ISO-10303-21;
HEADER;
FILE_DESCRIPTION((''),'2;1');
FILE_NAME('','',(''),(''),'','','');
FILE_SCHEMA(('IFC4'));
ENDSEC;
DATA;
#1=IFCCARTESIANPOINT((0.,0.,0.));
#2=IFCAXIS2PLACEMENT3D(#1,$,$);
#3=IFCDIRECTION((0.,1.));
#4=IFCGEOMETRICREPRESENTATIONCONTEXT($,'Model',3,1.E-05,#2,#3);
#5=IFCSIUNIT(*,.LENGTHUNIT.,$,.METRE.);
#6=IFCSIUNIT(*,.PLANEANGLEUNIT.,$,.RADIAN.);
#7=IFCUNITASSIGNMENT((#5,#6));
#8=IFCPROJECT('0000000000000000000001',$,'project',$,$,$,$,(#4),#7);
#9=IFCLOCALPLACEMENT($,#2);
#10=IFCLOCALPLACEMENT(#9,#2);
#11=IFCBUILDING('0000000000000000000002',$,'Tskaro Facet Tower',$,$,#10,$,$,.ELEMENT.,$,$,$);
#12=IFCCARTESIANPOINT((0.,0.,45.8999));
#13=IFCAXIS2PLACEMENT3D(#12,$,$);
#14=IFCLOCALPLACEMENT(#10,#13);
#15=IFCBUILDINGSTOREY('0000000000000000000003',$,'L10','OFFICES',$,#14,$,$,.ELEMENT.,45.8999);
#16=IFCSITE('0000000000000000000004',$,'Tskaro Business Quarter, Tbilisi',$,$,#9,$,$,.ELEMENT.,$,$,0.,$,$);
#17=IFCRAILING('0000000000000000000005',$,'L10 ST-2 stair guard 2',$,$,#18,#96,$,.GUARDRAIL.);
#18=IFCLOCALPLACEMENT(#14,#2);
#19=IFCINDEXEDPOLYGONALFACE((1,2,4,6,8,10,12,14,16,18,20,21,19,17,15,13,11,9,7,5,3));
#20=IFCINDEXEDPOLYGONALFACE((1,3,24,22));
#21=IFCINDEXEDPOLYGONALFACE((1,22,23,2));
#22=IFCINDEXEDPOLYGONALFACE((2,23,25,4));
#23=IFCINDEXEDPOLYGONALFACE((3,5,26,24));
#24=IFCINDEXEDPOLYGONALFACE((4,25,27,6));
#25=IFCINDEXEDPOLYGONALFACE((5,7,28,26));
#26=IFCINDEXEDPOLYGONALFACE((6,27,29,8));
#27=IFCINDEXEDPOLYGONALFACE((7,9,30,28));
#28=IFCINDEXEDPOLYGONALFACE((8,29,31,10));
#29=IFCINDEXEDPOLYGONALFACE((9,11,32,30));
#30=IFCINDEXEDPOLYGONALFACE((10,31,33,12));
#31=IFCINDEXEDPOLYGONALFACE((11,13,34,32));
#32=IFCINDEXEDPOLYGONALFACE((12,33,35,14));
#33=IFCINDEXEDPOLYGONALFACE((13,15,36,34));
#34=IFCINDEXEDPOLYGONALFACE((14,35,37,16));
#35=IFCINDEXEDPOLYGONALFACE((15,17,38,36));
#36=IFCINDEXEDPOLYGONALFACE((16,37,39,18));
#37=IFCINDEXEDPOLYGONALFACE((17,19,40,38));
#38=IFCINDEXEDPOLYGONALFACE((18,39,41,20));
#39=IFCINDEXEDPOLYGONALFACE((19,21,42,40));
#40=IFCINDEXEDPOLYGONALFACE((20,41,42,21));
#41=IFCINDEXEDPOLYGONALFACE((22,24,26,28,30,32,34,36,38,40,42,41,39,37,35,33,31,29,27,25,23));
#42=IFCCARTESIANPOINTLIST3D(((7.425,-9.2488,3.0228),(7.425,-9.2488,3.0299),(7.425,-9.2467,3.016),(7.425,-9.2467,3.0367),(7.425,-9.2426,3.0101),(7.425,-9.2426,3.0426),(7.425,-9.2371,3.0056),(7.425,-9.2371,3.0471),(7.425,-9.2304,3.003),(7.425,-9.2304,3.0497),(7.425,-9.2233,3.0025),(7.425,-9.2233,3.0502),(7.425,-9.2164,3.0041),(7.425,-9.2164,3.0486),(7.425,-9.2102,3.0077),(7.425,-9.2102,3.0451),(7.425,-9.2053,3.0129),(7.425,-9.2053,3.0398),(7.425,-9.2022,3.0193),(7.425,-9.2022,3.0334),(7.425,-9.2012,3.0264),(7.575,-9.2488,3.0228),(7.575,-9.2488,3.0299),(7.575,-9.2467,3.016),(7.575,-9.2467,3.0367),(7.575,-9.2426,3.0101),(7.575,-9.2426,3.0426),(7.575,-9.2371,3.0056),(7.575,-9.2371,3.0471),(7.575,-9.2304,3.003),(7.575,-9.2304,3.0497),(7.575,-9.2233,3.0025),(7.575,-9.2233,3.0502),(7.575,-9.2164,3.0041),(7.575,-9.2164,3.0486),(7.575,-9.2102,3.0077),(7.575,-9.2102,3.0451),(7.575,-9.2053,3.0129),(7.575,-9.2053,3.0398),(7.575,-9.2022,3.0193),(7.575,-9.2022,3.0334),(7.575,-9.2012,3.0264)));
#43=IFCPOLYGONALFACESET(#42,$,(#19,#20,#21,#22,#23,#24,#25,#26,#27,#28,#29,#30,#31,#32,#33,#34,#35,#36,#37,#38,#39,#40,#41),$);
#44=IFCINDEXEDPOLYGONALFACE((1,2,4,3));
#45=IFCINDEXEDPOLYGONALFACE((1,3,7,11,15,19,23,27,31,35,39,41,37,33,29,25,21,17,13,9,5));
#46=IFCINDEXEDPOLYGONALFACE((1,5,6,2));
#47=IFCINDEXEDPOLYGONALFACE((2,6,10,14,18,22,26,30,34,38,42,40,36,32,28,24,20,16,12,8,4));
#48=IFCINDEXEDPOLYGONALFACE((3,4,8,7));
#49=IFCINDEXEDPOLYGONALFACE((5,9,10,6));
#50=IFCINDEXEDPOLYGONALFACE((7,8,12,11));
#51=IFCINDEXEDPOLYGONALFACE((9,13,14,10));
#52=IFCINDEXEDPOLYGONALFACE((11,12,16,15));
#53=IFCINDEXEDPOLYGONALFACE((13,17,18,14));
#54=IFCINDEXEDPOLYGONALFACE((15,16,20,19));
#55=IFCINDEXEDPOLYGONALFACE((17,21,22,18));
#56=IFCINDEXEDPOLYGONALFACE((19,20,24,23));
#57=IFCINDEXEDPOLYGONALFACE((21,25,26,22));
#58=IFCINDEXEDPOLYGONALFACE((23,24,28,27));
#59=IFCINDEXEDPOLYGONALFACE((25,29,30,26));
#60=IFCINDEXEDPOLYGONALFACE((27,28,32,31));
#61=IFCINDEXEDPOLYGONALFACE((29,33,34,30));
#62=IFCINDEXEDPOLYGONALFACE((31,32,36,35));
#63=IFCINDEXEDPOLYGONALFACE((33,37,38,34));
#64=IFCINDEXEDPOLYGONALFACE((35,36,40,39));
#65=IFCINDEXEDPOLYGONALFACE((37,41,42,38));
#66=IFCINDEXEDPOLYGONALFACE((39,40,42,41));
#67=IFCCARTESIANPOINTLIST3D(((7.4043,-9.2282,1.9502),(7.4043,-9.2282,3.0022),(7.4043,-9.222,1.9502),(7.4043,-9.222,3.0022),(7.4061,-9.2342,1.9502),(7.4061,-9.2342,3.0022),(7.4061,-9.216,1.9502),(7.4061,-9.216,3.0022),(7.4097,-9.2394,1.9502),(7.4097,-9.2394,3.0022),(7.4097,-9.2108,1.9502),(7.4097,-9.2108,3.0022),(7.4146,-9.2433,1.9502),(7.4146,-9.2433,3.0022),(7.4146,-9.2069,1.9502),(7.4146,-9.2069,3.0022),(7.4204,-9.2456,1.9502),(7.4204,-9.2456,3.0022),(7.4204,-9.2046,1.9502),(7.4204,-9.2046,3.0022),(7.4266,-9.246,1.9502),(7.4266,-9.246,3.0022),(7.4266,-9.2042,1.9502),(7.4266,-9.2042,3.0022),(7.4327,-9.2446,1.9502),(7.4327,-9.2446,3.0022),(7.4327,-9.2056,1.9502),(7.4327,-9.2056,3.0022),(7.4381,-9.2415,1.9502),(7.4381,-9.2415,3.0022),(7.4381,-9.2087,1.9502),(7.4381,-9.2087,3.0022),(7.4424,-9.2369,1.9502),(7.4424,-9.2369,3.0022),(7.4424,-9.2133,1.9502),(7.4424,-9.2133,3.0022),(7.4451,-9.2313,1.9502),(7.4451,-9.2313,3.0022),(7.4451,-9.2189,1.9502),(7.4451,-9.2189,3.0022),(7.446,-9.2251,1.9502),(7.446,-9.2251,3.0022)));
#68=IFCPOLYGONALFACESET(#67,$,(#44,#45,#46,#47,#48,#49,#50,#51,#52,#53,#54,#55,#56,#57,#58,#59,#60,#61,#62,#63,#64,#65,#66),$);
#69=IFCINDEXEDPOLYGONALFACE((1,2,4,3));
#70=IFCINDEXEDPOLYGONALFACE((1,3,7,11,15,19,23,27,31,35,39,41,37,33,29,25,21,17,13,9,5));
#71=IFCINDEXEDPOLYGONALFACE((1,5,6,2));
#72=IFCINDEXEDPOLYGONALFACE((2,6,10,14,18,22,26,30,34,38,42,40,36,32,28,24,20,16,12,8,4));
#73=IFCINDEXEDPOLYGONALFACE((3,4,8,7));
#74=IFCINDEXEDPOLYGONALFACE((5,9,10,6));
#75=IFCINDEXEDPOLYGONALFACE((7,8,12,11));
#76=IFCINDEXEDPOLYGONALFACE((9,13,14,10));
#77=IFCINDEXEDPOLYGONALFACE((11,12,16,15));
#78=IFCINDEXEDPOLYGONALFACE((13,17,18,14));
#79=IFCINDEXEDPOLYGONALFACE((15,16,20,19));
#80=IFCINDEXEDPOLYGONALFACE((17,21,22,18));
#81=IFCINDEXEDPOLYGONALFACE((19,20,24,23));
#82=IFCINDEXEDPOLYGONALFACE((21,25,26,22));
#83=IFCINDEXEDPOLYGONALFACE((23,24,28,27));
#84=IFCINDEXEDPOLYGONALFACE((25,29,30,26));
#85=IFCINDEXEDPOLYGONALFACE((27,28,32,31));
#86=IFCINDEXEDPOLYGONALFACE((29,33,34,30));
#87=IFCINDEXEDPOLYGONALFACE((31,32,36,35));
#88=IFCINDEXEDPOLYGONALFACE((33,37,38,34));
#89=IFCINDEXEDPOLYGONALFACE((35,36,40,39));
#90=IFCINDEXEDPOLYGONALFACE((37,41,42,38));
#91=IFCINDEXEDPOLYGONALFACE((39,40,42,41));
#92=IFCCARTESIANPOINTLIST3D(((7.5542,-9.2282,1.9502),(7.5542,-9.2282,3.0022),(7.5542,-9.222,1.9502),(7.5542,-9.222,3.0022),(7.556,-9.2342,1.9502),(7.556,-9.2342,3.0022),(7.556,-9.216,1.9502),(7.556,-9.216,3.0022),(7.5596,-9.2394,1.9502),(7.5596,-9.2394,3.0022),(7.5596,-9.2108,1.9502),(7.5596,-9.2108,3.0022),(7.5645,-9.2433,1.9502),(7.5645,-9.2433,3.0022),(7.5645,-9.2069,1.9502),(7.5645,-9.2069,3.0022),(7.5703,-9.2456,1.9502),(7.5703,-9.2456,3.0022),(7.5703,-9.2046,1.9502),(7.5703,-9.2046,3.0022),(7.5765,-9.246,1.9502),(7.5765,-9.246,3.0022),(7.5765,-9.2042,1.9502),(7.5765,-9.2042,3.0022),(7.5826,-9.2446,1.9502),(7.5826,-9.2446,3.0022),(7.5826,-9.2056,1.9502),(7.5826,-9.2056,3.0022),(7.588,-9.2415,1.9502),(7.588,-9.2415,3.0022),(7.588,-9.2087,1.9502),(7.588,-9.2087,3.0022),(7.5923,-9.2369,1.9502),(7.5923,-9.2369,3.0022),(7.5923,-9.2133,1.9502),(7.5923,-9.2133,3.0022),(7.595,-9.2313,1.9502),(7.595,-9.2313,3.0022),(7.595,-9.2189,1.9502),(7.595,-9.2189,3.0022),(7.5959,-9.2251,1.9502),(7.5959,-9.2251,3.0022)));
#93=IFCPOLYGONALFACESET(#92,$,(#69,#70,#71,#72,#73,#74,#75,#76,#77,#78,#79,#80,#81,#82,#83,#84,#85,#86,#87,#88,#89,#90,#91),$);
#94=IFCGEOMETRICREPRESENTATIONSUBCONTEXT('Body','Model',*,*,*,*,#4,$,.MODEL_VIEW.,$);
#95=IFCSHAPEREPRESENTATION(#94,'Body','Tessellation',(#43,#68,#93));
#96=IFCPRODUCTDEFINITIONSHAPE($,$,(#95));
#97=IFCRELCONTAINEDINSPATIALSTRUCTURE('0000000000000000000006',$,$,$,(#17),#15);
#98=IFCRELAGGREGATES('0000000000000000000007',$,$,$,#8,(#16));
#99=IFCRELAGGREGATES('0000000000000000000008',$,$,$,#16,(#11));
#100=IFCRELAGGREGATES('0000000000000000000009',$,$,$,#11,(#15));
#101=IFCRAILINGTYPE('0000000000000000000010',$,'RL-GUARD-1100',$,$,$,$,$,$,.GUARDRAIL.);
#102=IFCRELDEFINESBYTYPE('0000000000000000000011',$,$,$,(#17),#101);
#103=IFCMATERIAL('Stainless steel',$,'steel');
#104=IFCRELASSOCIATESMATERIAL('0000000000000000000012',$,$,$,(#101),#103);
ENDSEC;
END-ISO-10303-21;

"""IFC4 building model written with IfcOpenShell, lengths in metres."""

from ifc_helpers import new_model, si_unit, direction, frame, origin, origin_2d, place, context, subcontext, project, spatial, circle, extrude, material, type_object, element, save


model = new_model("IFC4")

# Units and contexts
model_context = context("Model", 3, precision=1e-05, world=origin(), true_north=direction((0.0, 1.0)))
body_context = subcontext(model_context, "Body", "Model", "MODEL_VIEW")
ifc_project = project(units=[si_unit("LENGTHUNIT", "METRE"), si_unit("PLANEANGLEUNIT", "RADIAN")], contexts=[model_context])

# Site, building, storey
site_placement = place(None, origin())
site = spatial("IfcSite", under=ifc_project, at=site_placement, Name="Tskaro Business Quarter, Tbilisi", CompositionType="ELEMENT", RefElevation=0.0)
building_placement = place(site_placement, origin())
building = spatial("IfcBuilding", under=site, at=building_placement, Name="Tskaro Facet Tower", CompositionType="ELEMENT")
storey_placement = place(building_placement, frame((0.0, 0.0, 45.8999)))
storey = spatial("IfcBuildingStorey", under=building, at=storey_placement, Name="L10", Description="OFFICES", CompositionType="ELEMENT", Elevation=45.8999)

# Railing
ifc_material_1 = material(Name="Stainless steel", Category="steel")
railing_type_1 = type_object("IfcRailingType", Name="RL-GUARD-1100", PredefinedType="GUARDRAIL", material=ifc_material_1)
railing_1_placement = place(storey_placement, frame((7.425, -9.2251, 1.9502)))
element("IfcRailing", 1, at=railing_1_placement, inside=storey, type_object=railing_type_1, Name="L10 ST-2 stair guard 2", PredefinedType="GUARDRAIL", context=body_context, shape_type="SweptSolid", body=[
    extrude(circle(Radius=0.0239, at=origin_2d()), frame((0.0, 0.0, 1.0762), z_axis=(1.0, 0.0, 0.0), x_axis=(0.0, 1.0, 0.0)), (0.0, 0.0, 1.0), 0.1499),
    extrude(circle(Radius=0.021, at=origin_2d()), origin(), (0.0, 0.0, 1.0), 1.052),
    extrude(circle(Radius=0.021, at=origin_2d()), frame((0.1499, 0.0, 0.0)), (0.0, 0.0, 1.0), 1.052),
])

save(model, "model.ifc")
